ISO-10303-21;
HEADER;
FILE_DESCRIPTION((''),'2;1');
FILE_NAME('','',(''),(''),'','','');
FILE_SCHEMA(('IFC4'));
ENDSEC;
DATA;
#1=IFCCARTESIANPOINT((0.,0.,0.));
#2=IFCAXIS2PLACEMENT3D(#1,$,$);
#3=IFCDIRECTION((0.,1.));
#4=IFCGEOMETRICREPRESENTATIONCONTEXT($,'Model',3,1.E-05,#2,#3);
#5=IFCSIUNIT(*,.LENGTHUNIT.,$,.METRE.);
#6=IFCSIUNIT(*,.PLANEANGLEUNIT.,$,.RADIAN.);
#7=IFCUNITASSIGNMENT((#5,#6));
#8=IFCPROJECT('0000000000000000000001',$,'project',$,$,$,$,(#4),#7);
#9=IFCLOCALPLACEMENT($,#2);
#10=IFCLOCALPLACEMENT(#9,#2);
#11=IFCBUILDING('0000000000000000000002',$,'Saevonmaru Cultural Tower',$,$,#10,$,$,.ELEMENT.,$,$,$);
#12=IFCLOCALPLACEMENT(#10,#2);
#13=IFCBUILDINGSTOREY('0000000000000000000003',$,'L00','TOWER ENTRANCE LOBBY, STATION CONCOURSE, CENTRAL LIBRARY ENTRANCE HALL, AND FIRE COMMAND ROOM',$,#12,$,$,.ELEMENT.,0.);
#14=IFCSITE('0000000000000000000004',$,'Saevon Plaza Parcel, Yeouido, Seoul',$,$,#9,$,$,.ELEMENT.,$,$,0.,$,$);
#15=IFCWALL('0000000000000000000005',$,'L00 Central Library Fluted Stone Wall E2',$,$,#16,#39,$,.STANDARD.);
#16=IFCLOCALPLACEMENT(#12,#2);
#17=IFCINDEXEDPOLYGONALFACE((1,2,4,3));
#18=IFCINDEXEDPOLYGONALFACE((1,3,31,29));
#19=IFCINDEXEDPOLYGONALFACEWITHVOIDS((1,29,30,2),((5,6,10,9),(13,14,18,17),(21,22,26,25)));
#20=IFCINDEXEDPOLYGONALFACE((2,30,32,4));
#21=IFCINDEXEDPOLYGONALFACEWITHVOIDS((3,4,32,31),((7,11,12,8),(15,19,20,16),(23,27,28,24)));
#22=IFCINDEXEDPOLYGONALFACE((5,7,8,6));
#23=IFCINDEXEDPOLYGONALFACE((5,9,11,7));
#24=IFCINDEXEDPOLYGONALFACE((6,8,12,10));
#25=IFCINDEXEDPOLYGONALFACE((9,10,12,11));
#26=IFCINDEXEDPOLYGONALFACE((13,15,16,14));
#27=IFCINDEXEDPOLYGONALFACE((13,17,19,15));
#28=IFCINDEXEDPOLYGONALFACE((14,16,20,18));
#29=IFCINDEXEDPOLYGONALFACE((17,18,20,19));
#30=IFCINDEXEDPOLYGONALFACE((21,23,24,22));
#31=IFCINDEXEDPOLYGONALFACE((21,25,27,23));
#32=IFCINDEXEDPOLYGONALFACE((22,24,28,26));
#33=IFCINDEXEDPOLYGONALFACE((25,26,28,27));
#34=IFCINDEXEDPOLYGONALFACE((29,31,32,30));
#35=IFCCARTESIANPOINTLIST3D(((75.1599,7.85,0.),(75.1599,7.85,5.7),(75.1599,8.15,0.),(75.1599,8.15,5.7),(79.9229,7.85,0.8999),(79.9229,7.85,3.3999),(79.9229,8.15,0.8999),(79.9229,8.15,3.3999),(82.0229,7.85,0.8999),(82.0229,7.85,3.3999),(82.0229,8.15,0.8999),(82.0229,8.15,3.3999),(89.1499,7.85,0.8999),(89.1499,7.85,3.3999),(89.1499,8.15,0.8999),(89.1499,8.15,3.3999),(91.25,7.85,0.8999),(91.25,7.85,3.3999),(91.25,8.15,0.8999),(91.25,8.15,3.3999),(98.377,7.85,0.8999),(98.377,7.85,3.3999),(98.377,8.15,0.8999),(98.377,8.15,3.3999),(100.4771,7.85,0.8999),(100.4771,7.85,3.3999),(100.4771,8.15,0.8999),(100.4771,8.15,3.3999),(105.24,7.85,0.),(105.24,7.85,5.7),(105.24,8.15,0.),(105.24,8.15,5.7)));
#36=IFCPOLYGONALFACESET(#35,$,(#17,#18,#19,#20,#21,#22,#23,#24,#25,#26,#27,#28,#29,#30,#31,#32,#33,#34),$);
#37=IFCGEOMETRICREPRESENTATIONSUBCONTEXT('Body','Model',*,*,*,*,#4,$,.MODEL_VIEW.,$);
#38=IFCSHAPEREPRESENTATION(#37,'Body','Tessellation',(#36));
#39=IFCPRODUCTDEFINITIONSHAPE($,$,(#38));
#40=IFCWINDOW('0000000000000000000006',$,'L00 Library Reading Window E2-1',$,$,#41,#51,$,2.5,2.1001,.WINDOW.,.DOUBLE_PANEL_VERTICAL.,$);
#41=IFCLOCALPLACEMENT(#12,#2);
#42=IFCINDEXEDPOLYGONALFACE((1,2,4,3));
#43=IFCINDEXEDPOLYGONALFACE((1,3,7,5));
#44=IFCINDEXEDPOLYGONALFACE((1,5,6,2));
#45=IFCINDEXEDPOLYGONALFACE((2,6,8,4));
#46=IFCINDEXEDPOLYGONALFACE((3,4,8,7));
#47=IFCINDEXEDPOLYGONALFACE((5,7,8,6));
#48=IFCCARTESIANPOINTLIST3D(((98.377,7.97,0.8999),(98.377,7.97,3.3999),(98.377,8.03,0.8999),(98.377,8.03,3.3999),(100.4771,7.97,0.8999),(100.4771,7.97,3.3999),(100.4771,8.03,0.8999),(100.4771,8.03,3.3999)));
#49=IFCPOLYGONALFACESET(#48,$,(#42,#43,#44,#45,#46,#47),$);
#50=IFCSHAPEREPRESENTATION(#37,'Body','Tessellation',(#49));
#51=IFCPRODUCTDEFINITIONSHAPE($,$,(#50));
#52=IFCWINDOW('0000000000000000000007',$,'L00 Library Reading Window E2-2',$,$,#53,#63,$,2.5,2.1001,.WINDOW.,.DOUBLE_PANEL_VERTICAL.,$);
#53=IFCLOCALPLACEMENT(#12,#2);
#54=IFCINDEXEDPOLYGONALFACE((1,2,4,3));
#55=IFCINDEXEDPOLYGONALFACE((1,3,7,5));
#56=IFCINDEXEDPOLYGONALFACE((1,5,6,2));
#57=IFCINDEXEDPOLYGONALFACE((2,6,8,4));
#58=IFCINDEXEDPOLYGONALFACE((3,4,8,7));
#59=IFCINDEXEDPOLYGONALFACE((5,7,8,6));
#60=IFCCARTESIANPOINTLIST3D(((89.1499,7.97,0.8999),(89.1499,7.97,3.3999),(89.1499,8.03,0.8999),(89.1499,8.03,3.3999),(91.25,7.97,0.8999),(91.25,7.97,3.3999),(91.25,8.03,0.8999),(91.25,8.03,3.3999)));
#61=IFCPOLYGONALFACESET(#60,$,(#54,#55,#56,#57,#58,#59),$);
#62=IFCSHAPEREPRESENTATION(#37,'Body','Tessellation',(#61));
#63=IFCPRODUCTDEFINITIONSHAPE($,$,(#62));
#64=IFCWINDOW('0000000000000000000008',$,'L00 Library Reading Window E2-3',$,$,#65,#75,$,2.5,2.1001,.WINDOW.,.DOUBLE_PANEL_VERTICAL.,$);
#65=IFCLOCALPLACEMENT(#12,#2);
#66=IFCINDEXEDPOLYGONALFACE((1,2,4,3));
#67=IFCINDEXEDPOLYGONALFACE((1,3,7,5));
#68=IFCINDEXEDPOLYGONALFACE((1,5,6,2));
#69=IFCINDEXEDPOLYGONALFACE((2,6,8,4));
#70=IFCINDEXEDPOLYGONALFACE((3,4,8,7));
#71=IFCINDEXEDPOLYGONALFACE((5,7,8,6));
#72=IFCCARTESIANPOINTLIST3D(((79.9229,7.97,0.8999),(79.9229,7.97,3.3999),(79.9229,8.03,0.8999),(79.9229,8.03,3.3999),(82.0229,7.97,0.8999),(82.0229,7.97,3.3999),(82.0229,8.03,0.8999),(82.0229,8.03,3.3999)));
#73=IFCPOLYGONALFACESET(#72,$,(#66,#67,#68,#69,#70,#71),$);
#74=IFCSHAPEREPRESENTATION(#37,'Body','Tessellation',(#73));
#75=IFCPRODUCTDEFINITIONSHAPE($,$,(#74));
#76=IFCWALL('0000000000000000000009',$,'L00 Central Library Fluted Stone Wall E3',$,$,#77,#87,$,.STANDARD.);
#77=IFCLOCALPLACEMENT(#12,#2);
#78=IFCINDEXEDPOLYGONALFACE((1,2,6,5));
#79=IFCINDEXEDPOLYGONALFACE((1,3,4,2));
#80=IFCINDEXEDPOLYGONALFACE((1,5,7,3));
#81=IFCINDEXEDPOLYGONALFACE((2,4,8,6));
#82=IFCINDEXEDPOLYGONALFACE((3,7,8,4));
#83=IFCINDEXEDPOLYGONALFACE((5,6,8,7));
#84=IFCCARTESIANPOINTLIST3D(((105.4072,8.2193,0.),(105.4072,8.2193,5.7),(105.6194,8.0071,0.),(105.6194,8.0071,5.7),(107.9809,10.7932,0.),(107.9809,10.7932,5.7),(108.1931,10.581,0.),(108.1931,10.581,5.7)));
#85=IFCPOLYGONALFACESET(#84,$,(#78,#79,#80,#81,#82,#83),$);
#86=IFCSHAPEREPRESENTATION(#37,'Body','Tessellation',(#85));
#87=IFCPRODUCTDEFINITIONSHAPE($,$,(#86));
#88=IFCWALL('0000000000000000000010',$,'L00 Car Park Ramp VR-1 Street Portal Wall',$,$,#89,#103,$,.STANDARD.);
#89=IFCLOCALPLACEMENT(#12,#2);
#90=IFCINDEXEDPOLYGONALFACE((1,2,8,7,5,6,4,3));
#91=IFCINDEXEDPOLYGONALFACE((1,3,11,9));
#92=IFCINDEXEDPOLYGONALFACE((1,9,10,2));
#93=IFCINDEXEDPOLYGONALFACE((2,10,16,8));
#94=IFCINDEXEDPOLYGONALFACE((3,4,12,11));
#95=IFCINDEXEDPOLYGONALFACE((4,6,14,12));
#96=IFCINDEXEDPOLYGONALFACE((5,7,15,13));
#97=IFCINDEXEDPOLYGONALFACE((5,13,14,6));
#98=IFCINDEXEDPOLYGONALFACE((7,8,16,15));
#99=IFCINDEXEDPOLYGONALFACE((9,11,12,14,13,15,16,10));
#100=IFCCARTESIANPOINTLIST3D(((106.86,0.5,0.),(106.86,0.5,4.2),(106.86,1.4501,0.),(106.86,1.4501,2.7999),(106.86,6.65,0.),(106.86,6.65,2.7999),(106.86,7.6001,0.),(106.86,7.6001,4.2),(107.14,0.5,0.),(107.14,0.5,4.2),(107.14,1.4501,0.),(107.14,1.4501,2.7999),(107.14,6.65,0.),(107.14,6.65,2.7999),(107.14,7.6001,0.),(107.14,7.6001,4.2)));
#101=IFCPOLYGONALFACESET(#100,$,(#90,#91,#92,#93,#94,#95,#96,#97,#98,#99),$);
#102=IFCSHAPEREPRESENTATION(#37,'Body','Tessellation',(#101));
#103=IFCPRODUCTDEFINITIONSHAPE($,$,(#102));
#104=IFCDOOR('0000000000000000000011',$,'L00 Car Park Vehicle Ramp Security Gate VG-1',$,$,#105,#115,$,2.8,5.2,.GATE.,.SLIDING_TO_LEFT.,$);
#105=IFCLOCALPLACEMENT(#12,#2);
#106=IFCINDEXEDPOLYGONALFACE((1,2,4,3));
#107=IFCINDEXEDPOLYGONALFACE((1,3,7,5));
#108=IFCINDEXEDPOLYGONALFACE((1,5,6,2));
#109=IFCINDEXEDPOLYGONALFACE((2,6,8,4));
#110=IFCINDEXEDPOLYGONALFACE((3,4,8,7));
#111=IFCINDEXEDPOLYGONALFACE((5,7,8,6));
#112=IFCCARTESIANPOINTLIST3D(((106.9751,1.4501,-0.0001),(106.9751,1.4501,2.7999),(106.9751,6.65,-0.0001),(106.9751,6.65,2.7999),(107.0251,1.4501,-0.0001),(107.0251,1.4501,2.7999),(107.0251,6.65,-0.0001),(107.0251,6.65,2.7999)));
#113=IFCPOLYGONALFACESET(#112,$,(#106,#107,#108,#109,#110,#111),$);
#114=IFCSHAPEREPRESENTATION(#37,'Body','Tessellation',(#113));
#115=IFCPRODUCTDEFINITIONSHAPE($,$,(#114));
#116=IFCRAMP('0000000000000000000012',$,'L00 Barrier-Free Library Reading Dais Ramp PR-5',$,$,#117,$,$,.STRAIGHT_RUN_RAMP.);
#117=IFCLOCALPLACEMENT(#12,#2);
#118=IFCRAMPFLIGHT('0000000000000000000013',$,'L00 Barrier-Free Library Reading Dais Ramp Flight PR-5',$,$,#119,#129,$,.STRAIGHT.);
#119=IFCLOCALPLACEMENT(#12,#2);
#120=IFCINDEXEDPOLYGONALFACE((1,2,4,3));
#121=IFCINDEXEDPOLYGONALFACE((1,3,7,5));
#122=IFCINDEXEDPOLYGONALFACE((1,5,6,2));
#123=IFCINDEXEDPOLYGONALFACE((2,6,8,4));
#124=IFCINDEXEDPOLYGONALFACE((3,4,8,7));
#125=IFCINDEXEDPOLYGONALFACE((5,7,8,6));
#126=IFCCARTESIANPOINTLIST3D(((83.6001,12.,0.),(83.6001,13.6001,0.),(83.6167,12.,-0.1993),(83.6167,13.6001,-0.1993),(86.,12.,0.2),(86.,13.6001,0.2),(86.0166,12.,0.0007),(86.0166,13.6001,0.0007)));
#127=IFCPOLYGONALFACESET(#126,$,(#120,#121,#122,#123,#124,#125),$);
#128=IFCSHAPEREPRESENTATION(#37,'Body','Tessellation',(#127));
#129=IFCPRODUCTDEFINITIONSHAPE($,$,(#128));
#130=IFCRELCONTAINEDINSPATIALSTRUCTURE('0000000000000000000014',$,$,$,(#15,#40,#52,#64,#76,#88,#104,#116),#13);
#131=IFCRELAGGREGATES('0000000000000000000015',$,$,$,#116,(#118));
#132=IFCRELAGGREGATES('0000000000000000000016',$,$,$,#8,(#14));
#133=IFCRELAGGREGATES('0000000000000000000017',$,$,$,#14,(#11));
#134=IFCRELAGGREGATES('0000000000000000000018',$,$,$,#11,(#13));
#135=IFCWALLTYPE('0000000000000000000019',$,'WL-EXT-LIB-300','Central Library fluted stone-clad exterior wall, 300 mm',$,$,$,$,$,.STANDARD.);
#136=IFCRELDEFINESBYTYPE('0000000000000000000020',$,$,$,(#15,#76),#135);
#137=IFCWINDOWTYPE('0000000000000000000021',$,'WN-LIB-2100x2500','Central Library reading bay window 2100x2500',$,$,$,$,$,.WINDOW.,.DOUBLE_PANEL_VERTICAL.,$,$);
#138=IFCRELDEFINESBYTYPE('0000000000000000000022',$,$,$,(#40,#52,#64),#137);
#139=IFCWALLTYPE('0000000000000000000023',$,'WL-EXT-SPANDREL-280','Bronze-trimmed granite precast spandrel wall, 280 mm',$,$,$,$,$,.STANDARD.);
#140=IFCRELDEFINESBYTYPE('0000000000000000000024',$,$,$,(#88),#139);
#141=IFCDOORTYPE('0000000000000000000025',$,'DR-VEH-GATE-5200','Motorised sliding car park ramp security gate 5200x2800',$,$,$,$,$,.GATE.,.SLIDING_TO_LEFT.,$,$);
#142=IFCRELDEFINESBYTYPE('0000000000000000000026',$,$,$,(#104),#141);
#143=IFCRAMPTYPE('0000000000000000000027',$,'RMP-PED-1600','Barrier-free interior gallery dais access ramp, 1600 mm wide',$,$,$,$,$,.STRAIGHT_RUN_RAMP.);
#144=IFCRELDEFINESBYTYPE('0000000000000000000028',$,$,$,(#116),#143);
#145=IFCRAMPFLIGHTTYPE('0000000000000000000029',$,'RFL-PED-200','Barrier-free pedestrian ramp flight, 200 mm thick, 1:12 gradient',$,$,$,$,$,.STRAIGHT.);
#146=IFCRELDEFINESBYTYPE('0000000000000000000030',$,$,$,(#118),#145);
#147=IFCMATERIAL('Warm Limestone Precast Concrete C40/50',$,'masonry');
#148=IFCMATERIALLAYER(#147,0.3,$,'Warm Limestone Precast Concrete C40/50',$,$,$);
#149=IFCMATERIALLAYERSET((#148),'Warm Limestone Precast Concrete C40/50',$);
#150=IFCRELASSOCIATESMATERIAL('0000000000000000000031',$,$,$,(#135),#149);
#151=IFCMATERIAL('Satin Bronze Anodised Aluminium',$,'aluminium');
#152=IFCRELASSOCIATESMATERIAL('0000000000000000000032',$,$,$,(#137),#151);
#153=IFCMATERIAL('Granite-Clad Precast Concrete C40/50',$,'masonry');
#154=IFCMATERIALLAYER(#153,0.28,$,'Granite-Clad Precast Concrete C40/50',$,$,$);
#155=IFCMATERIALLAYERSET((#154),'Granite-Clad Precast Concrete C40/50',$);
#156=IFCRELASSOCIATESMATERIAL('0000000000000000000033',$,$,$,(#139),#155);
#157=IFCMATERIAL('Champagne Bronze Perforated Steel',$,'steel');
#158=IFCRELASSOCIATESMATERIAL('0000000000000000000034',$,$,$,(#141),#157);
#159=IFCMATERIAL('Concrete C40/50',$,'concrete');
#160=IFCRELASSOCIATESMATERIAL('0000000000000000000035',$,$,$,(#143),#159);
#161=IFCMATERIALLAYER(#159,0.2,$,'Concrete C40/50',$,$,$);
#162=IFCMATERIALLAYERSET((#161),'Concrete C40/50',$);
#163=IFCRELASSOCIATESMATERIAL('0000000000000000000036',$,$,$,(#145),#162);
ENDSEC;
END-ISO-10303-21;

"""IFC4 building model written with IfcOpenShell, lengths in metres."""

from ifc_helpers import new_model, si_unit, direction, frame, frame_2d, origin, place, context, subcontext, project, spatial, polyline, rectangle, outline, extrude, material, layer, layer_set, type_object, element, fill, aggregate, save


model = new_model("IFC4")

# Units and contexts
model_context = context("Model", 3, precision=1e-05, world=origin(), true_north=direction((0.0, 1.0)))
body_context = subcontext(model_context, "Body", "Model", "MODEL_VIEW")
ifc_project = project(units=[si_unit("LENGTHUNIT", "METRE"), si_unit("PLANEANGLEUNIT", "RADIAN")], contexts=[model_context])

# Site, building, storey
site_placement = place(None, origin())
site = spatial("IfcSite", under=ifc_project, at=site_placement, Name="Saevon Plaza Parcel, Yeouido, Seoul", CompositionType="ELEMENT", RefElevation=0.0)
building_placement = place(site_placement, origin())
building = spatial("IfcBuilding", under=site, at=building_placement, Name="Saevonmaru Cultural Tower", CompositionType="ELEMENT")
storey_placement = place(building_placement, origin())
storey = spatial("IfcBuildingStorey", under=building, at=storey_placement, Name="L00", Description="TOWER ENTRANCE LOBBY, STATION CONCOURSE, CENTRAL LIBRARY ENTRANCE HALL, AND FIRE COMMAND ROOM", CompositionType="ELEMENT", Elevation=0.0)

# Shared definitions
ifc_material_1 = material(Name="Warm Limestone Precast Concrete C40/50", Category="masonry")
ifc_layer_1 = layer(ifc_material_1, 0.3, Name="Warm Limestone Precast Concrete C40/50")
ifc_layer_set_1 = layer_set([ifc_layer_1], Name="Warm Limestone Precast Concrete C40/50")
wall_type_1 = type_object("IfcWallType", Name="WL-EXT-LIB-300", Description="Central Library fluted stone-clad exterior wall, 300 mm", PredefinedType="STANDARD", material=ifc_layer_set_1)

# Wall, openings, windows
wall_1_placement = place(storey_placement, frame((105.24, 8.0, 0.0), z_axis=(0.0, 0.0, 1.0), x_axis=(-1.0, 0.0, 0.0)))
wall_1 = element("IfcWall", 1, at=wall_1_placement, inside=storey, type_object=wall_type_1, Name="L00 Central Library Fluted Stone Wall E2", PredefinedType="STANDARD", context=body_context, shape_type="SweptSolid", body=[
    extrude(rectangle(XDim=30.0801, YDim=0.3, at=frame_2d((15.04, 0.0))), origin(), (0.0, 0.0, 1.0), 5.7),
])
opening_1_placement = place(wall_1_placement, frame((4.7629, 0.0, 0.8999)))
opening_1 = element("IfcOpeningElement", 2, at=opening_1_placement, cuts=wall_1, PredefinedType="OPENING", context=body_context, shape_type="SweptSolid", body=[
    extrude(rectangle(XDim=2.1001, YDim=2.5, at=frame_2d((1.05, 1.25))), frame((0.0, 0.1602, 0.0), z_axis=(0.0, -1.0, 0.0), x_axis=(1.0, 0.0, 0.0)), (0.0, 0.0, 1.0), 0.3201),
])
opening_2_placement = place(wall_1_placement, frame((13.99, 0.0, 0.8999)))
opening_2 = element("IfcOpeningElement", 3, at=opening_2_placement, cuts=wall_1, PredefinedType="OPENING", context=body_context, shape_type="SweptSolid", body=[
    extrude(rectangle(XDim=2.1001, YDim=2.5, at=frame_2d((1.05, 1.25))), frame((0.0, 0.1602, 0.0), z_axis=(0.0, -1.0, 0.0), x_axis=(1.0, 0.0, 0.0)), (0.0, 0.0, 1.0), 0.3201),
])
opening_3_placement = place(wall_1_placement, frame((23.217, 0.0, 0.8999)))
opening_3 = element("IfcOpeningElement", 4, at=opening_3_placement, cuts=wall_1, PredefinedType="OPENING", context=body_context, shape_type="SweptSolid", body=[
    extrude(rectangle(XDim=2.1001, YDim=2.5, at=frame_2d((1.05, 1.25))), frame((0.0, 0.1602, 0.0), z_axis=(0.0, -1.0, 0.0), x_axis=(1.0, 0.0, 0.0)), (0.0, 0.0, 1.0), 0.3201),
])
ifc_material_2 = material(Name="Satin Bronze Anodised Aluminium", Category="aluminium")
window_type = type_object("IfcWindowType", Name="WN-LIB-2100x2500", Description="Central Library reading bay window 2100x2500", PartitioningType="DOUBLE_PANEL_VERTICAL", PredefinedType="WINDOW", material=ifc_material_2)
window_1_placement = place(opening_1_placement, origin())
window_1 = element("IfcWindow", 5, at=window_1_placement, inside=storey, type_object=window_type, Name="L00 Library Reading Window E2-1", OverallHeight=2.5, OverallWidth=2.1001, PartitioningType="DOUBLE_PANEL_VERTICAL", PredefinedType="WINDOW", context=body_context, shape_type="SweptSolid", body=[
    extrude(rectangle(XDim=2.1001, YDim=2.5, at=frame_2d((1.05, 1.25))), frame((0.0, 0.03, 0.0), z_axis=(0.0, -1.0, 0.0), x_axis=(1.0, 0.0, 0.0)), (0.0, 0.0, 1.0), 0.0601),
])
fill(opening_1, window_1)
window_2_placement = place(opening_2_placement, origin())
window_2 = element("IfcWindow", 6, at=window_2_placement, inside=storey, type_object=window_type, Name="L00 Library Reading Window E2-2", OverallHeight=2.5, OverallWidth=2.1001, PartitioningType="DOUBLE_PANEL_VERTICAL", PredefinedType="WINDOW", context=body_context, shape_type="SweptSolid", body=[
    extrude(rectangle(XDim=2.1001, YDim=2.5, at=frame_2d((1.05, 1.25))), frame((0.0, 0.03, 0.0), z_axis=(0.0, -1.0, 0.0), x_axis=(1.0, 0.0, 0.0)), (0.0, 0.0, 1.0), 0.0601),
])
fill(opening_2, window_2)
window_3_placement = place(opening_3_placement, origin())
window_3 = element("IfcWindow", 7, at=window_3_placement, inside=storey, type_object=window_type, Name="L00 Library Reading Window E2-3", OverallHeight=2.5, OverallWidth=2.1001, PartitioningType="DOUBLE_PANEL_VERTICAL", PredefinedType="WINDOW", context=body_context, shape_type="SweptSolid", body=[
    extrude(rectangle(XDim=2.1001, YDim=2.5, at=frame_2d((1.05, 1.25))), frame((0.0, 0.03, 0.0), z_axis=(0.0, -1.0, 0.0), x_axis=(1.0, 0.0, 0.0)), (0.0, 0.0, 1.0), 0.0601),
])
fill(opening_3, window_3)

# Wall
wall_2_placement = place(storey_placement, frame((108.0869, 10.687, 0.0), z_axis=(0.0, 0.0, 1.0), x_axis=(-0.707073, -0.70714, 0.0)))
element("IfcWall", 8, at=wall_2_placement, inside=storey, type_object=wall_type_1, Name="L00 Central Library Fluted Stone Wall E3", PredefinedType="STANDARD", context=body_context, shape_type="SweptSolid", body=[
    extrude(rectangle(XDim=3.6399, YDim=0.3, at=frame_2d((1.8198, 0.0))), origin(), (0.0, 0.0, 1.0), 5.7),
])

# Wall, opening, door
ifc_material_3 = material(Name="Granite-Clad Precast Concrete C40/50", Category="masonry")
ifc_layer_2 = layer(ifc_material_3, 0.28, Name="Granite-Clad Precast Concrete C40/50")
ifc_layer_set_2 = layer_set([ifc_layer_2], Name="Granite-Clad Precast Concrete C40/50")
wall_type_2 = type_object("IfcWallType", Name="WL-EXT-SPANDREL-280", Description="Bronze-trimmed granite precast spandrel wall, 280 mm", PredefinedType="STANDARD", material=ifc_layer_set_2)
wall_3_placement = place(storey_placement, frame((107.0, 0.5, 0.0), z_axis=(0.0, 0.0, 1.0), x_axis=(0.0, 1.0, 0.0)))
wall_3 = element("IfcWall", 9, at=wall_3_placement, inside=storey, type_object=wall_type_2, Name="L00 Car Park Ramp VR-1 Street Portal Wall", PredefinedType="STANDARD", context=body_context, shape_type="SweptSolid", body=[
    extrude(rectangle(XDim=7.1001, YDim=0.28, at=frame_2d((3.55, 0.0))), origin(), (0.0, 0.0, 1.0), 4.2),
])
opening_4_placement = place(wall_3_placement, frame((0.95, 0.0, 0.0)))
opening_4 = element("IfcOpeningElement", 10, at=opening_4_placement, cuts=wall_3, PredefinedType="OPENING", context=body_context, shape_type="SweptSolid", body=[
    extrude(rectangle(XDim=5.2, YDim=2.8, at=frame_2d((2.6001, 1.3999))), frame((0.0, 0.1499, 0.0), z_axis=(0.0, -1.0, 0.0), x_axis=(1.0, 0.0, 0.0)), (0.0, 0.0, 1.0), 0.3),
])
ifc_material_4 = material(Name="Champagne Bronze Perforated Steel", Category="steel")
door_type = type_object("IfcDoorType", Name="DR-VEH-GATE-5200", Description="Motorised sliding car park ramp security gate 5200x2800", OperationType="SLIDING_TO_LEFT", PredefinedType="GATE", material=ifc_material_4)
door_placement = place(opening_4_placement, origin())
door = element("IfcDoor", 11, at=door_placement, inside=storey, type_object=door_type, Name="L00 Car Park Vehicle Ramp Security Gate VG-1", OperationType="SLIDING_TO_LEFT", OverallHeight=2.8, OverallWidth=5.2, PredefinedType="GATE", context=body_context, shape_type="SweptSolid", body=[
    extrude(rectangle(XDim=5.2, YDim=2.8, at=frame_2d((2.6001, 1.3999))), frame((0.0, 0.0249, 0.0), z_axis=(0.0, -1.0, 0.0), x_axis=(1.0, 0.0, 0.0)), (0.0, 0.0, 1.0), 0.05),
])
fill(opening_4, door)

# Ramp, ramp flight
ifc_material_5 = material(Name="Concrete C40/50", Category="concrete")
ramp_type = type_object("IfcRampType", Name="RMP-PED-1600", Description="Barrier-free interior gallery dais access ramp, 1600 mm wide", PredefinedType="STRAIGHT_RUN_RAMP", material=ifc_material_5)
ramp_placement = place(storey_placement, origin())
ramp = element("IfcRamp", 12, at=ramp_placement, inside=storey, type_object=ramp_type, Name="L00 Barrier-Free Library Reading Dais Ramp PR-5", PredefinedType="STRAIGHT_RUN_RAMP")
ifc_layer_3 = layer(ifc_material_5, 0.2, Name="Concrete C40/50")
ifc_layer_set_3 = layer_set([ifc_layer_3], Name="Concrete C40/50")
ramp_flight_type = type_object("IfcRampFlightType", Name="RFL-PED-200", Description="Barrier-free pedestrian ramp flight, 200 mm thick, 1:12 gradient", PredefinedType="STRAIGHT", material=ifc_layer_set_3)
ramp_flight_placement = place(storey_placement, frame((83.6001, 12.0, 0.0), z_axis=(-0.083029, 0.0, 0.996547), x_axis=(0.996547, 0.0, 0.083029)))
ramp_flight = element("IfcRampFlight", 13, at=ramp_flight_placement, type_object=ramp_flight_type, Name="L00 Barrier-Free Library Reading Dais Ramp Flight PR-5", PredefinedType="STRAIGHT", context=body_context, shape_type="SweptSolid", body=[
    extrude(outline(polyline([(0.0, 0.0), (2.4082, 0.0), (2.4082, 1.6001), (0.0, 1.6001), (0.0, 0.0)])), origin(), (0.0, 0.0, -1.0), 0.2),
])
aggregate(ramp, [ramp_flight])

save(model, "model.ifc")
